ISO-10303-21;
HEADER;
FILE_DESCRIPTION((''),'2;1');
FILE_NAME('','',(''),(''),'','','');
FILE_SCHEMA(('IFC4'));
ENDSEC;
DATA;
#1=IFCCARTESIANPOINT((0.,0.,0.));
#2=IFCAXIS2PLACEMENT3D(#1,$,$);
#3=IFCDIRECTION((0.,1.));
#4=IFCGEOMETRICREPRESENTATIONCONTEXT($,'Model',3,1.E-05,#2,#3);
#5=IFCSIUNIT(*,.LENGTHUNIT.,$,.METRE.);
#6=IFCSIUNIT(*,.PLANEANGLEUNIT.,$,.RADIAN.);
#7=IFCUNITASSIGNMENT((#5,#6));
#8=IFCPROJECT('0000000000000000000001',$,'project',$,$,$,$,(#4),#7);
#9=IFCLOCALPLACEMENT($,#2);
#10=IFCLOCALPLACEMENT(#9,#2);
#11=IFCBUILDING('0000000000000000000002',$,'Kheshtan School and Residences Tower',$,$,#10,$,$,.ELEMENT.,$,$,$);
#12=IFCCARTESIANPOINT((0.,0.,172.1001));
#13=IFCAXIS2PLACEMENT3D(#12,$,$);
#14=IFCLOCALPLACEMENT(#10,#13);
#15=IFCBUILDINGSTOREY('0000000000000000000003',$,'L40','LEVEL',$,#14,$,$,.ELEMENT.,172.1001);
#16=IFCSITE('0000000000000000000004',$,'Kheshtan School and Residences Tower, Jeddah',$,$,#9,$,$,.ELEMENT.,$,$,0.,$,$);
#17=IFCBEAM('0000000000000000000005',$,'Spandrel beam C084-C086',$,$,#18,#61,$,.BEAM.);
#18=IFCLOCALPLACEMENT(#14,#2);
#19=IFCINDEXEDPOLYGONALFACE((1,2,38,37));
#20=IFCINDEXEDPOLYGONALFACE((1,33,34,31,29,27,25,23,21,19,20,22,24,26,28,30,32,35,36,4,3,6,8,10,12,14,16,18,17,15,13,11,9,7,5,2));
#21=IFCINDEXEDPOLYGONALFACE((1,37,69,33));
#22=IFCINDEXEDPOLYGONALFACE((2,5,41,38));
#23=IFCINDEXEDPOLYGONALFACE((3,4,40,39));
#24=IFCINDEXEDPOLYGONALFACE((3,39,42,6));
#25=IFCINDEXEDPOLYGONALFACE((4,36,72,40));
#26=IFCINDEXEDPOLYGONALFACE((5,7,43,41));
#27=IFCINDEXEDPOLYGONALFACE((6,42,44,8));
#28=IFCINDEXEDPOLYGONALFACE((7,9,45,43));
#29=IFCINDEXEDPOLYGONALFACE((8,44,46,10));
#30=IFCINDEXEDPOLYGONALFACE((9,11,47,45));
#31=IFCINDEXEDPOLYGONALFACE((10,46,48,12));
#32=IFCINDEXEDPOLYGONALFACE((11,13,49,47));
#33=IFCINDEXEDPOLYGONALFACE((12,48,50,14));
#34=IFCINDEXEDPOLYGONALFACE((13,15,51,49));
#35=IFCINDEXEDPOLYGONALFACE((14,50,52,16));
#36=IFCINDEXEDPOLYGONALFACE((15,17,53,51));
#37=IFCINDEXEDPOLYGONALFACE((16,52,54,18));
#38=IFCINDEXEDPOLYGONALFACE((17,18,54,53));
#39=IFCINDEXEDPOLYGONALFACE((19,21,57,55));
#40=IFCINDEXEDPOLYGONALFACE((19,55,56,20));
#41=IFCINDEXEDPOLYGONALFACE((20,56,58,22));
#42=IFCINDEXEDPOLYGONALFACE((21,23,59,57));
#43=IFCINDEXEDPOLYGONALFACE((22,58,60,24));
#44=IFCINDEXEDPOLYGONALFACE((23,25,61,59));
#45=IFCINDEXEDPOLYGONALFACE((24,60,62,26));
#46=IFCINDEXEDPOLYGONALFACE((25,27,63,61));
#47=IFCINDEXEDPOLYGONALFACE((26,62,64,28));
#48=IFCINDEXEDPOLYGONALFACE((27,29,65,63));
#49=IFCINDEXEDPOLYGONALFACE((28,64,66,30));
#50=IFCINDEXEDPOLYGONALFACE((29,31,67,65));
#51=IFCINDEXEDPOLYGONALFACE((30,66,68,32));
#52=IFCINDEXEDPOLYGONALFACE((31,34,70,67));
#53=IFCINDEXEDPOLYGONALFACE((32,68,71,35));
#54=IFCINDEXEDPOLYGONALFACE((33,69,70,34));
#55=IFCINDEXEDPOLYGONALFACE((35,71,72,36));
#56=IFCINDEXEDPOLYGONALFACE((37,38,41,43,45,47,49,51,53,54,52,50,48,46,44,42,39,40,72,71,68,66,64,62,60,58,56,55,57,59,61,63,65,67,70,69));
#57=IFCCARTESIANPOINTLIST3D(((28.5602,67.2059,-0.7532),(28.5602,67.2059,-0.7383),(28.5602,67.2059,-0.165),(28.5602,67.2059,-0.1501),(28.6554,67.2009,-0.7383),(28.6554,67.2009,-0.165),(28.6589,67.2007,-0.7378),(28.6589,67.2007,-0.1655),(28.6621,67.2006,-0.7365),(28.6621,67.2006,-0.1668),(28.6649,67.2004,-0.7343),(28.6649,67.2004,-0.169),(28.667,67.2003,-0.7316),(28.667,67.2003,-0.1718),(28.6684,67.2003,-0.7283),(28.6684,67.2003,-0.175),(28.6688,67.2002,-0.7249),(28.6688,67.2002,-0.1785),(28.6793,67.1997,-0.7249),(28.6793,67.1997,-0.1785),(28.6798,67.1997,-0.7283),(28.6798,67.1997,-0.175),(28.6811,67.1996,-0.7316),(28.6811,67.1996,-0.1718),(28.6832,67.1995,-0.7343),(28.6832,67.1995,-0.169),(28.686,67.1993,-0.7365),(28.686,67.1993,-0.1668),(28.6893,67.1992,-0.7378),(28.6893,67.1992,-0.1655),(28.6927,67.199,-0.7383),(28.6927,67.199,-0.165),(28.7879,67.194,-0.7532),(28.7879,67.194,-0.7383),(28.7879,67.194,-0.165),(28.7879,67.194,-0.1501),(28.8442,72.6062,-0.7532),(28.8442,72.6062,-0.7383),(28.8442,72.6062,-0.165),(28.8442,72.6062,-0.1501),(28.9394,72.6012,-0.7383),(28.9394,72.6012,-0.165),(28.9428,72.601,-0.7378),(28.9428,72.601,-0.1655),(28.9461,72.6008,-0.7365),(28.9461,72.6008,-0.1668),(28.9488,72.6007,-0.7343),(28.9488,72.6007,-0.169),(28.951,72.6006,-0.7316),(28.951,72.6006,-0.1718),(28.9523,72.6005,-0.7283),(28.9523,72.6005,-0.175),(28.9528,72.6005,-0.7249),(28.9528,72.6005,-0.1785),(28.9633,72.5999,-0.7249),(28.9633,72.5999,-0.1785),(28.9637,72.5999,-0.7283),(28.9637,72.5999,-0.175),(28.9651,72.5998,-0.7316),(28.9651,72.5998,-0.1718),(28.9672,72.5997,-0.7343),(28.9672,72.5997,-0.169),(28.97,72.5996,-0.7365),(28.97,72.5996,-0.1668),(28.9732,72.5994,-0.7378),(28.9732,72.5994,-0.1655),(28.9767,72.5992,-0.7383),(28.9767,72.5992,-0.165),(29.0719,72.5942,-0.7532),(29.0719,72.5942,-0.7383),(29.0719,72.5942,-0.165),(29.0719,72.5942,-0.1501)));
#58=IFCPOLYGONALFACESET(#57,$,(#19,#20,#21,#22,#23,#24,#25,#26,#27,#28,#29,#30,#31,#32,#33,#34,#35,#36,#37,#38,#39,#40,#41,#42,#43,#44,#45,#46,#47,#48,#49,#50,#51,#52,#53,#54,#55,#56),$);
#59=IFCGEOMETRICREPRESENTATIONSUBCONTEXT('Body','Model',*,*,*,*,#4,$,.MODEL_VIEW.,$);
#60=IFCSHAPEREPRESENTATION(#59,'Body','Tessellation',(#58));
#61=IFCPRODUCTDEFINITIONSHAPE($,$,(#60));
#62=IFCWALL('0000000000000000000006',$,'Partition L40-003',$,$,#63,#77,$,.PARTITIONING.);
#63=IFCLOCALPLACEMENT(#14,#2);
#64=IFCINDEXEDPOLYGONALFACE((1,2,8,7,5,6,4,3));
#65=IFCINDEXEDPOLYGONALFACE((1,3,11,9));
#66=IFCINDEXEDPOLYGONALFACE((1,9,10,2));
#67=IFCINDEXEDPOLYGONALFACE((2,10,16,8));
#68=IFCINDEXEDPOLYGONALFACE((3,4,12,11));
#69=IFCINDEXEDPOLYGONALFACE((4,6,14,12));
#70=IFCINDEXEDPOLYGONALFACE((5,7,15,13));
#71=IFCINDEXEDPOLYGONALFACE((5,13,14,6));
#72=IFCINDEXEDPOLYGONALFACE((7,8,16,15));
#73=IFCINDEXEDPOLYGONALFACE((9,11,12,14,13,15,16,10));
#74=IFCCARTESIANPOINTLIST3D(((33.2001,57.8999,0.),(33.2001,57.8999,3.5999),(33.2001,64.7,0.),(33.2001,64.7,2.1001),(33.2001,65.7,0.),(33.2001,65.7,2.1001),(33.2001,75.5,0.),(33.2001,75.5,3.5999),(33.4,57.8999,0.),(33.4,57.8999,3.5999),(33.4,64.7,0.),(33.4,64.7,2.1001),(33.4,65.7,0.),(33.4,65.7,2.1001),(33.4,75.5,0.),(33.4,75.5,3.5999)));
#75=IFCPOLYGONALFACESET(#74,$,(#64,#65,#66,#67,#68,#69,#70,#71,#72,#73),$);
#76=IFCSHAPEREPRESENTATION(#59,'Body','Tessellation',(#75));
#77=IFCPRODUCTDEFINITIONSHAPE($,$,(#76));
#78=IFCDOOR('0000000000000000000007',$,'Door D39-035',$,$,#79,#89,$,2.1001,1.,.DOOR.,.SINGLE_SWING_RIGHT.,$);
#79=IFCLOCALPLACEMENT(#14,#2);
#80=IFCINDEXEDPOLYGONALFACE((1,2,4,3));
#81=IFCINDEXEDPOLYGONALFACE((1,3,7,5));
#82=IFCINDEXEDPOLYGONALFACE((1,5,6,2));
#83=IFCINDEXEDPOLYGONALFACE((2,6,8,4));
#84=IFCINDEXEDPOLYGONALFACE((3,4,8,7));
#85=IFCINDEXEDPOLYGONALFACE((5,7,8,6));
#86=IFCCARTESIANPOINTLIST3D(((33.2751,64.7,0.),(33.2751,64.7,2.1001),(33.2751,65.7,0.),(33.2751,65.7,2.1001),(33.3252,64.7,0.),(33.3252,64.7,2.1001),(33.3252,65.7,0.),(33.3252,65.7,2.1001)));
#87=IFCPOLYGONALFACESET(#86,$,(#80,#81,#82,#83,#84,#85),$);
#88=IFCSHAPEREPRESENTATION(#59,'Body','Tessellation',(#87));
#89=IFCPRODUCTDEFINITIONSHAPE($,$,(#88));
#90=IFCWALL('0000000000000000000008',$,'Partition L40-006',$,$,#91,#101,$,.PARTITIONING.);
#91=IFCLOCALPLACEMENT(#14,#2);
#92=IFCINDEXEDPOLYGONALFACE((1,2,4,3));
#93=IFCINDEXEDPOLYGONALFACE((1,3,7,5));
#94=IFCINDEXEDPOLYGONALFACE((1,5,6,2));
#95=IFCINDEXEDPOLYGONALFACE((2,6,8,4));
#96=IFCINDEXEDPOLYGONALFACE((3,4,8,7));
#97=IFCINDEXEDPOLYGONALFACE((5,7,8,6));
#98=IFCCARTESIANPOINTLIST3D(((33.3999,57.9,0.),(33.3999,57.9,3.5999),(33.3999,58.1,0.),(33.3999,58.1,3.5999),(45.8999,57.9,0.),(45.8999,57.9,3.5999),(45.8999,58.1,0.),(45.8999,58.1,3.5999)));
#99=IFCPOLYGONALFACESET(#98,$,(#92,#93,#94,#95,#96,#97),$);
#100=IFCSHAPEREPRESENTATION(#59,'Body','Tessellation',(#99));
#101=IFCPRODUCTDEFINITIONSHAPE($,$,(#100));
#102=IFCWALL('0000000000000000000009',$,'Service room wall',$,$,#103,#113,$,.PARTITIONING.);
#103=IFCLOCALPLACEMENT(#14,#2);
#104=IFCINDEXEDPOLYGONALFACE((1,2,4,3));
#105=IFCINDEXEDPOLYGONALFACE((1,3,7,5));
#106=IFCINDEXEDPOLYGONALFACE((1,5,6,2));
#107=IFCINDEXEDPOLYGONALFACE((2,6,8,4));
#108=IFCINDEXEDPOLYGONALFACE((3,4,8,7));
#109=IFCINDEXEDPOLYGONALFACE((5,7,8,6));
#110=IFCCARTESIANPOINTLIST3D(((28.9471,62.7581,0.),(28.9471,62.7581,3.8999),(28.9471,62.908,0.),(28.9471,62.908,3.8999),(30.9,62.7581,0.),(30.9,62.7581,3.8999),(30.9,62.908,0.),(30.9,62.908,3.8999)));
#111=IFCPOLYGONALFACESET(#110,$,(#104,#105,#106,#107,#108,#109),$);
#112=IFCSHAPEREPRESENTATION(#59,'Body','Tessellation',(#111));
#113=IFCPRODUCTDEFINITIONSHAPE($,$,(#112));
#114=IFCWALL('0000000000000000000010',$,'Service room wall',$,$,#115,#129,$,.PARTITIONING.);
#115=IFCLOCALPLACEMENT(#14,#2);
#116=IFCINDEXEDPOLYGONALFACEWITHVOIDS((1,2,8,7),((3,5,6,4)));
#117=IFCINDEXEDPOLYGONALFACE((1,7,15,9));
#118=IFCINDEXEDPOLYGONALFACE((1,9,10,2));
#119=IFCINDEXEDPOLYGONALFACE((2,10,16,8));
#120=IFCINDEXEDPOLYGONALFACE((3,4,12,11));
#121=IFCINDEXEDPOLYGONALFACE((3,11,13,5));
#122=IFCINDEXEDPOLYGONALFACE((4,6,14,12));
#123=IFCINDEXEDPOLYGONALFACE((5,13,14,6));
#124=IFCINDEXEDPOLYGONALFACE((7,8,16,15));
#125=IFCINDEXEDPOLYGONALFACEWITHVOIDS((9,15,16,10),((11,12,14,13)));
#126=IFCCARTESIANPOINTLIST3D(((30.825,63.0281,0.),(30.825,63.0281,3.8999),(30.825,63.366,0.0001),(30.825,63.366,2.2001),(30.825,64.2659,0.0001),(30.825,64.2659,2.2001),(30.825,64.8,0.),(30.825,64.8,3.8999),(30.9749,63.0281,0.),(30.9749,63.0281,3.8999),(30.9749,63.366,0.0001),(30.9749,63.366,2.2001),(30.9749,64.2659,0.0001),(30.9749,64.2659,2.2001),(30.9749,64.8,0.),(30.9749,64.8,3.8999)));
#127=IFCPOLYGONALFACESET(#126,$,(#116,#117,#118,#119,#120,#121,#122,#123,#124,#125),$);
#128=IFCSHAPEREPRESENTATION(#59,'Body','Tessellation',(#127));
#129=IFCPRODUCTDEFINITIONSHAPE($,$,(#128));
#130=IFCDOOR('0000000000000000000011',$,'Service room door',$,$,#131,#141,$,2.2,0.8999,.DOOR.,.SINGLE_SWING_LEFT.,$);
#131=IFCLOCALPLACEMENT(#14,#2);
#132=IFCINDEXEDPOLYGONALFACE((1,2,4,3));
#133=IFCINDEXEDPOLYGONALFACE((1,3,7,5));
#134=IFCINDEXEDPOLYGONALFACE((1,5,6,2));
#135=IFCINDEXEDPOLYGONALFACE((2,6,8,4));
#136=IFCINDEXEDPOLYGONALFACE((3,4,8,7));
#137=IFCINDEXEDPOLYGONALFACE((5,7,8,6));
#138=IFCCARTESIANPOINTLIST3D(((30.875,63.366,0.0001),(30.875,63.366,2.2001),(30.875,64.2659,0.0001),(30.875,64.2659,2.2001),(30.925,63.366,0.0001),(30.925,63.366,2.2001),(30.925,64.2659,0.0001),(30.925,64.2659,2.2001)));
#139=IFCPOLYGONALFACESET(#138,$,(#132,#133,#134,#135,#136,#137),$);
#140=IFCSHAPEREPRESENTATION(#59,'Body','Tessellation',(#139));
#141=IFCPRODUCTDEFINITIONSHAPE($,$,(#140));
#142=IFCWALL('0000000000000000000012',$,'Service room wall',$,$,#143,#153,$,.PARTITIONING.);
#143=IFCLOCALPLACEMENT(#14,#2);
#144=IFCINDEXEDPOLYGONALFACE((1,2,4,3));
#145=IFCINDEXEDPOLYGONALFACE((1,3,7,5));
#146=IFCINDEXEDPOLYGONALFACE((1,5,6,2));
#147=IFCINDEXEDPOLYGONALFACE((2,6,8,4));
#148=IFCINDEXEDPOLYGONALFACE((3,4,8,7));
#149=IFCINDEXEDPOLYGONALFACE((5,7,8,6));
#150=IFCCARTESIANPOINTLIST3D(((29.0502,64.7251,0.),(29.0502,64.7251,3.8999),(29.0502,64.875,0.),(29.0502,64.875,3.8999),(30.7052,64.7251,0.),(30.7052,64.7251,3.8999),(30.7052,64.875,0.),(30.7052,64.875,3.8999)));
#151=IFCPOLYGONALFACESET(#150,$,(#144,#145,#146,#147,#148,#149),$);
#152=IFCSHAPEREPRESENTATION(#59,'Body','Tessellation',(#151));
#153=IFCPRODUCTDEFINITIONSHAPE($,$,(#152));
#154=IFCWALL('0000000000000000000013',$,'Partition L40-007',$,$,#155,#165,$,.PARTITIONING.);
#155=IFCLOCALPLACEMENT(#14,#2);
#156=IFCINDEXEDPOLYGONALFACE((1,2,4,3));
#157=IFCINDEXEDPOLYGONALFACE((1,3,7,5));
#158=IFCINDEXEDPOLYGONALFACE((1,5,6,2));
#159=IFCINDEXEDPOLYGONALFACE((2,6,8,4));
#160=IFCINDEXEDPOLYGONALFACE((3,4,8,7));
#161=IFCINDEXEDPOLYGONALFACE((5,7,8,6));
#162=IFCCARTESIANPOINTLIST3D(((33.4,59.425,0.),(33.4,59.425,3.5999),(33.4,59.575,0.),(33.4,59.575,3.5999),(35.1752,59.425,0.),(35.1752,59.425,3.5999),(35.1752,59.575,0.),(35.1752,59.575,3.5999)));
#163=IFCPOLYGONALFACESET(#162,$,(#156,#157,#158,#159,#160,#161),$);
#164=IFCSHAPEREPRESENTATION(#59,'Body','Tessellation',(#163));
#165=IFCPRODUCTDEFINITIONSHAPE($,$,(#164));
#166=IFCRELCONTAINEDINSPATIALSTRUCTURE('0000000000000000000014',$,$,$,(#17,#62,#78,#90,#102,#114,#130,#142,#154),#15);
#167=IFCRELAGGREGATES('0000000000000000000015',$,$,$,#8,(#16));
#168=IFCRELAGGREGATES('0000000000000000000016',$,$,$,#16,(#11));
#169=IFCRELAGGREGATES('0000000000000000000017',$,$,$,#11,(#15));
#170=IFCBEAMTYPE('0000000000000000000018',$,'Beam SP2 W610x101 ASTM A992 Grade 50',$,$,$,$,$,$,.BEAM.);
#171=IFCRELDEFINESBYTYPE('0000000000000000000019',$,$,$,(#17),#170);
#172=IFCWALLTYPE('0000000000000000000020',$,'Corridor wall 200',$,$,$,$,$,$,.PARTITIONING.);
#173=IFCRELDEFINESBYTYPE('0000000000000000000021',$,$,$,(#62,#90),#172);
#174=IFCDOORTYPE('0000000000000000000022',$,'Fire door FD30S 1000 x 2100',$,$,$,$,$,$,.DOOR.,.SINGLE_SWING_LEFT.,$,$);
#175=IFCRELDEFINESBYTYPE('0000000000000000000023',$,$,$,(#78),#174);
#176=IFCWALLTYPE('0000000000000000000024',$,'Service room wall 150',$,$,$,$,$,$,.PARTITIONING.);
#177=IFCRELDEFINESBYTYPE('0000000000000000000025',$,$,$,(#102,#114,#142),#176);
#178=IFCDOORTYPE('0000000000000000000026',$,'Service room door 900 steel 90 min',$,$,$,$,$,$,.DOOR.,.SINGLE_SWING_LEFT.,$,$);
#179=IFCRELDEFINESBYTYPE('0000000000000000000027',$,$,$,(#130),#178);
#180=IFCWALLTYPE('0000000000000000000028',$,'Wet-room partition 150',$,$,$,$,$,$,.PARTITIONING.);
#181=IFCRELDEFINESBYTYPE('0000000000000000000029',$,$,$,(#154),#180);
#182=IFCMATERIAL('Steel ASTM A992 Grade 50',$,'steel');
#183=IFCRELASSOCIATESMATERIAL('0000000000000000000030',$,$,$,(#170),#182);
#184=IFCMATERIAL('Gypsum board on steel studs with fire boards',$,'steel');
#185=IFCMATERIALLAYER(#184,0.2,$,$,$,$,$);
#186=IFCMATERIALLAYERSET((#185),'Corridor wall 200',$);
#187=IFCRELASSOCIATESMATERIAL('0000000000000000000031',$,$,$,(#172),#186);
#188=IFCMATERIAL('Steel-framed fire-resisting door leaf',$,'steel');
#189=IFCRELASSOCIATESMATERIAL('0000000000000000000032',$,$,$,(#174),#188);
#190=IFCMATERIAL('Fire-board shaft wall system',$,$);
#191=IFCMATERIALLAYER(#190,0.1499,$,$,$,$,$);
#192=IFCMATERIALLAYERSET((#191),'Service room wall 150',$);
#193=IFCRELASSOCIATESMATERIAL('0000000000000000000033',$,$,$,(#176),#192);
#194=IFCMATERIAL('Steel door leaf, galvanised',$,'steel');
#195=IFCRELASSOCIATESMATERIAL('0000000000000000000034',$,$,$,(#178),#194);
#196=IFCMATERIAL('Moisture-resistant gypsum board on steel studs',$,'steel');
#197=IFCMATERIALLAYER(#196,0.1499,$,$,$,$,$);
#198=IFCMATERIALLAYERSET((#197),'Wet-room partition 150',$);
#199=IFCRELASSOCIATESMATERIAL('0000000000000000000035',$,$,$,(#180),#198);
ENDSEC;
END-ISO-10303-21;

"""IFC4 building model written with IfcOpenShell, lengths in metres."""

from ifc_helpers import new_model, si_unit, direction, frame, frame_2d, origin, origin_2d, place, context, subcontext, project, spatial, rectangle, i_section, extrude, source, transform, mapped, material, layer, layer_set, material_profile, profile_set, type_object, element, fill, save


model = new_model("IFC4")

# Units and contexts
model_context = context("Model", 3, precision=1e-05, world=origin(), true_north=direction((0.0, 1.0)))
body_context = subcontext(model_context, "Body", "Model", "MODEL_VIEW")
ifc_project = project(units=[si_unit("LENGTHUNIT", "METRE"), si_unit("PLANEANGLEUNIT", "RADIAN")], contexts=[model_context])

# Site, building, storey
site_placement = place(None, origin())
site = spatial("IfcSite", under=ifc_project, at=site_placement, Name="Kheshtan School and Residences Tower, Jeddah", CompositionType="ELEMENT", RefElevation=0.0)
building_placement = place(site_placement, origin())
building = spatial("IfcBuilding", under=site, at=building_placement, Name="Kheshtan School and Residences Tower", CompositionType="ELEMENT")
storey_placement = place(building_placement, frame((0.0, 0.0, 172.1001)))
storey = spatial("IfcBuildingStorey", under=building, at=storey_placement, Name="L40", Description="LEVEL", CompositionType="ELEMENT", Elevation=172.1001)

# Shared definitions
ifc_material_1 = material(Name="Steel ASTM A992 Grade 50", Category="steel")

# Beam
ifc_material_profile_1 = material_profile(ifc_material_1, i_section(OverallWidth=0.228, OverallDepth=0.603, WebThickness=0.0105, FlangeThickness=0.0149, FilletRadius=0.0134, at=origin_2d()), Name="W610x101")
ifc_profile_set_1 = profile_set([ifc_material_profile_1], Name="Steel ASTM A992 Grade 50")
beam_type_1 = type_object("IfcBeamType", Name="Beam SP2 W610x101 ASTM A992 Grade 50", PredefinedType="BEAM", material=ifc_profile_set_1)
beam_1_placement = place(storey_placement, frame((28.6741, 67.2, -0.4517), z_axis=(0.052507, 0.998621, 0.0), x_axis=(-0.998621, 0.052507, 0.0)))
element("IfcBeam", 1, at=beam_1_placement, inside=storey, type_object=beam_type_1, Name="Spandrel beam C084-C086", PredefinedType="BEAM", context=body_context, shape_type="SweptSolid", body=[
    extrude(i_section(OverallWidth=0.228, OverallDepth=0.603, WebThickness=0.0105, FlangeThickness=0.0149, FilletRadius=0.0134, at=origin_2d()), origin(), (0.0, 0.0, 1.0), 5.4077),
])

# Wall, opening, door
ifc_material_2 = material(Name="Gypsum board on steel studs with fire boards", Category="steel")
ifc_layer_1 = layer(ifc_material_2, 0.2)
ifc_layer_set_1 = layer_set([ifc_layer_1], Name="Corridor wall 200")
wall_type_1 = type_object("IfcWallType", Name="Corridor wall 200", PredefinedType="PARTITIONING", material=ifc_layer_set_1)
wall_1_placement = place(storey_placement, frame((33.3, 57.8999, 0.0), z_axis=(0.0, 0.0, 1.0), x_axis=(0.0, 1.0, 0.0)))
wall_1 = element("IfcWall", 2, at=wall_1_placement, inside=storey, type_object=wall_type_1, Name="Partition L40-003", PredefinedType="PARTITIONING", context=body_context, shape_type="SweptSolid", body=[
    extrude(rectangle(XDim=17.6001, YDim=0.2, at=frame_2d((8.8, 0.0))), origin(), (0.0, 0.0, 1.0), 3.5999),
])
opening_1_placement = place(wall_1_placement, frame((6.8, 0.0, 0.0)))
opening_1 = element("IfcOpeningElement", 3, at=opening_1_placement, cuts=wall_1, PredefinedType="OPENING", context=body_context, shape_type="SweptSolid", body=[
    extrude(rectangle(XDim=1.0, YDim=2.1001, at=frame_2d((0.5, 1.05))), frame((0.0, 0.1099, 0.0), z_axis=(0.0, -1.0, 0.0), x_axis=(1.0, 0.0, 0.0)), (0.0, 0.0, 1.0), 0.22),
])
ifc_material_3 = material(Name="Steel-framed fire-resisting door leaf", Category="steel")
door_type_1 = type_object("IfcDoorType", Name="Fire door FD30S 1000 x 2100", OperationType="SINGLE_SWING_LEFT", PredefinedType="DOOR", material=ifc_material_3)
shared_shape_1 = source(origin(), body_context, "Body", "SweptSolid", [
    extrude(rectangle(XDim=1.0, YDim=2.1001, at=frame_2d((0.5, 1.05))), frame((0.0, 0.0249, 0.0), z_axis=(0.0, -1.0, 0.0), x_axis=(1.0, 0.0, 0.0)), (0.0, 0.0, 1.0), 0.05),
])
door_1_placement = place(opening_1_placement, origin())
door_1 = element("IfcDoor", 4, at=door_1_placement, inside=storey, type_object=door_type_1, Name="Door D39-035", OperationType="SINGLE_SWING_RIGHT", OverallHeight=2.1001, OverallWidth=1.0, PredefinedType="DOOR", context=body_context, shape_type="MappedRepresentation", body=[
    mapped(shared_shape_1, transform((0.0, 0.0, 0.0), x_axis=(1.0, 0.0, 0.0), y_axis=(0.0, 1.0, 0.0), z_axis=(0.0, 0.0, 1.0), scale=1.0)),
])
fill(opening_1, door_1)

# Walls
wall_2_placement = place(storey_placement, frame((33.3999, 58.0, 0.0), z_axis=(0.0, 0.0, 1.0), x_axis=(1.0, 0.0, 0.0)))
element("IfcWall", 5, at=wall_2_placement, inside=storey, type_object=wall_type_1, Name="Partition L40-006", PredefinedType="PARTITIONING", context=body_context, shape_type="SweptSolid", body=[
    extrude(rectangle(XDim=12.5, YDim=0.2, at=frame_2d((6.25, 0.0))), origin(), (0.0, 0.0, 1.0), 3.5999),
])
ifc_material_4 = material(Name="Fire-board shaft wall system")
ifc_layer_2 = layer(ifc_material_4, 0.1499)
ifc_layer_set_2 = layer_set([ifc_layer_2], Name="Service room wall 150")
wall_type_2 = type_object("IfcWallType", Name="Service room wall 150", PredefinedType="PARTITIONING", material=ifc_layer_set_2)
wall_3_placement = place(storey_placement, frame((28.947, 62.833, 0.0), z_axis=(0.0, 0.0, 1.0), x_axis=(1.0, 0.0, 0.0)))
element("IfcWall", 6, at=wall_3_placement, inside=storey, type_object=wall_type_2, Name="Service room wall", PredefinedType="PARTITIONING", context=body_context, shape_type="SweptSolid", body=[
    extrude(rectangle(XDim=1.9529, YDim=0.1499, at=frame_2d((0.9766, 0.0))), origin(), (0.0, 0.0, 1.0), 3.8999),
])

# Wall, opening, door
wall_4_placement = place(storey_placement, frame((30.8999, 63.0281, 0.0), z_axis=(0.0, 0.0, 1.0), x_axis=(0.0, 1.0, 0.0)))
wall_4 = element("IfcWall", 7, at=wall_4_placement, inside=storey, type_object=wall_type_2, Name="Service room wall", PredefinedType="PARTITIONING", context=body_context, shape_type="SweptSolid", body=[
    extrude(rectangle(XDim=1.772, YDim=0.1499, at=frame_2d((0.886, 0.0))), origin(), (0.0, 0.0, 1.0), 3.8999),
])
opening_2_placement = place(wall_4_placement, frame((0.3379, 0.0, 0.0)))
opening_2 = element("IfcOpeningElement", 8, at=opening_2_placement, cuts=wall_4, PredefinedType="OPENING", context=body_context, shape_type="SweptSolid", body=[
    extrude(rectangle(XDim=0.8999, YDim=2.2, at=frame_2d((0.45, 1.1001))), frame((0.0, 0.085, 0.0), z_axis=(0.0, -1.0, 0.0), x_axis=(1.0, 0.0, 0.0)), (0.0, 0.0, 1.0), 0.1699),
])
ifc_material_5 = material(Name="Steel door leaf, galvanised", Category="steel")
door_type_2 = type_object("IfcDoorType", Name="Service room door 900 steel 90 min", OperationType="SINGLE_SWING_LEFT", PredefinedType="DOOR", material=ifc_material_5)
shared_shape_2 = source(origin(), body_context, "Body", "SweptSolid", [
    extrude(rectangle(XDim=0.8999, YDim=2.2, at=frame_2d((0.45, 1.1001))), frame((0.0, 0.0249, 0.0), z_axis=(0.0, -1.0, 0.0), x_axis=(1.0, 0.0, 0.0)), (0.0, 0.0, 1.0), 0.05),
])
door_2_placement = place(opening_2_placement, origin())
door_2 = element("IfcDoor", 9, at=door_2_placement, inside=storey, type_object=door_type_2, Name="Service room door", OperationType="SINGLE_SWING_LEFT", OverallHeight=2.2, OverallWidth=0.8999, PredefinedType="DOOR", context=body_context, shape_type="MappedRepresentation", body=[
    mapped(shared_shape_2, transform((0.0, 0.0, 0.0), x_axis=(1.0, 0.0, 0.0), y_axis=(0.0, 1.0, 0.0), z_axis=(0.0, 0.0, 1.0), scale=1.0)),
])
fill(opening_2, door_2)

# Walls
wall_5_placement = place(storey_placement, frame((29.05, 64.8, 0.0), z_axis=(0.0, 0.0, 1.0), x_axis=(1.0, 0.0, 0.0)))
element("IfcWall", 10, at=wall_5_placement, inside=storey, type_object=wall_type_2, Name="Service room wall", PredefinedType="PARTITIONING", context=body_context, shape_type="SweptSolid", body=[
    extrude(rectangle(XDim=1.655, YDim=0.1499, at=frame_2d((0.8276, 0.0))), origin(), (0.0, 0.0, 1.0), 3.8999),
])
ifc_material_6 = material(Name="Moisture-resistant gypsum board on steel studs", Category="steel")
ifc_layer_3 = layer(ifc_material_6, 0.1499)
ifc_layer_set_3 = layer_set([ifc_layer_3], Name="Wet-room partition 150")
wall_type_3 = type_object("IfcWallType", Name="Wet-room partition 150", PredefinedType="PARTITIONING", material=ifc_layer_set_3)
wall_6_placement = place(storey_placement, frame((33.3999, 59.5, 0.0), z_axis=(0.0, 0.0, 1.0), x_axis=(1.0, 0.0, 0.0)))
element("IfcWall", 11, at=wall_6_placement, inside=storey, type_object=wall_type_3, Name="Partition L40-007", PredefinedType="PARTITIONING", context=body_context, shape_type="SweptSolid", body=[
    extrude(rectangle(XDim=1.7751, YDim=0.1499, at=frame_2d((0.8877, 0.0))), origin(), (0.0, 0.0, 1.0), 3.5999),
])

save(model, "model.ifc")
